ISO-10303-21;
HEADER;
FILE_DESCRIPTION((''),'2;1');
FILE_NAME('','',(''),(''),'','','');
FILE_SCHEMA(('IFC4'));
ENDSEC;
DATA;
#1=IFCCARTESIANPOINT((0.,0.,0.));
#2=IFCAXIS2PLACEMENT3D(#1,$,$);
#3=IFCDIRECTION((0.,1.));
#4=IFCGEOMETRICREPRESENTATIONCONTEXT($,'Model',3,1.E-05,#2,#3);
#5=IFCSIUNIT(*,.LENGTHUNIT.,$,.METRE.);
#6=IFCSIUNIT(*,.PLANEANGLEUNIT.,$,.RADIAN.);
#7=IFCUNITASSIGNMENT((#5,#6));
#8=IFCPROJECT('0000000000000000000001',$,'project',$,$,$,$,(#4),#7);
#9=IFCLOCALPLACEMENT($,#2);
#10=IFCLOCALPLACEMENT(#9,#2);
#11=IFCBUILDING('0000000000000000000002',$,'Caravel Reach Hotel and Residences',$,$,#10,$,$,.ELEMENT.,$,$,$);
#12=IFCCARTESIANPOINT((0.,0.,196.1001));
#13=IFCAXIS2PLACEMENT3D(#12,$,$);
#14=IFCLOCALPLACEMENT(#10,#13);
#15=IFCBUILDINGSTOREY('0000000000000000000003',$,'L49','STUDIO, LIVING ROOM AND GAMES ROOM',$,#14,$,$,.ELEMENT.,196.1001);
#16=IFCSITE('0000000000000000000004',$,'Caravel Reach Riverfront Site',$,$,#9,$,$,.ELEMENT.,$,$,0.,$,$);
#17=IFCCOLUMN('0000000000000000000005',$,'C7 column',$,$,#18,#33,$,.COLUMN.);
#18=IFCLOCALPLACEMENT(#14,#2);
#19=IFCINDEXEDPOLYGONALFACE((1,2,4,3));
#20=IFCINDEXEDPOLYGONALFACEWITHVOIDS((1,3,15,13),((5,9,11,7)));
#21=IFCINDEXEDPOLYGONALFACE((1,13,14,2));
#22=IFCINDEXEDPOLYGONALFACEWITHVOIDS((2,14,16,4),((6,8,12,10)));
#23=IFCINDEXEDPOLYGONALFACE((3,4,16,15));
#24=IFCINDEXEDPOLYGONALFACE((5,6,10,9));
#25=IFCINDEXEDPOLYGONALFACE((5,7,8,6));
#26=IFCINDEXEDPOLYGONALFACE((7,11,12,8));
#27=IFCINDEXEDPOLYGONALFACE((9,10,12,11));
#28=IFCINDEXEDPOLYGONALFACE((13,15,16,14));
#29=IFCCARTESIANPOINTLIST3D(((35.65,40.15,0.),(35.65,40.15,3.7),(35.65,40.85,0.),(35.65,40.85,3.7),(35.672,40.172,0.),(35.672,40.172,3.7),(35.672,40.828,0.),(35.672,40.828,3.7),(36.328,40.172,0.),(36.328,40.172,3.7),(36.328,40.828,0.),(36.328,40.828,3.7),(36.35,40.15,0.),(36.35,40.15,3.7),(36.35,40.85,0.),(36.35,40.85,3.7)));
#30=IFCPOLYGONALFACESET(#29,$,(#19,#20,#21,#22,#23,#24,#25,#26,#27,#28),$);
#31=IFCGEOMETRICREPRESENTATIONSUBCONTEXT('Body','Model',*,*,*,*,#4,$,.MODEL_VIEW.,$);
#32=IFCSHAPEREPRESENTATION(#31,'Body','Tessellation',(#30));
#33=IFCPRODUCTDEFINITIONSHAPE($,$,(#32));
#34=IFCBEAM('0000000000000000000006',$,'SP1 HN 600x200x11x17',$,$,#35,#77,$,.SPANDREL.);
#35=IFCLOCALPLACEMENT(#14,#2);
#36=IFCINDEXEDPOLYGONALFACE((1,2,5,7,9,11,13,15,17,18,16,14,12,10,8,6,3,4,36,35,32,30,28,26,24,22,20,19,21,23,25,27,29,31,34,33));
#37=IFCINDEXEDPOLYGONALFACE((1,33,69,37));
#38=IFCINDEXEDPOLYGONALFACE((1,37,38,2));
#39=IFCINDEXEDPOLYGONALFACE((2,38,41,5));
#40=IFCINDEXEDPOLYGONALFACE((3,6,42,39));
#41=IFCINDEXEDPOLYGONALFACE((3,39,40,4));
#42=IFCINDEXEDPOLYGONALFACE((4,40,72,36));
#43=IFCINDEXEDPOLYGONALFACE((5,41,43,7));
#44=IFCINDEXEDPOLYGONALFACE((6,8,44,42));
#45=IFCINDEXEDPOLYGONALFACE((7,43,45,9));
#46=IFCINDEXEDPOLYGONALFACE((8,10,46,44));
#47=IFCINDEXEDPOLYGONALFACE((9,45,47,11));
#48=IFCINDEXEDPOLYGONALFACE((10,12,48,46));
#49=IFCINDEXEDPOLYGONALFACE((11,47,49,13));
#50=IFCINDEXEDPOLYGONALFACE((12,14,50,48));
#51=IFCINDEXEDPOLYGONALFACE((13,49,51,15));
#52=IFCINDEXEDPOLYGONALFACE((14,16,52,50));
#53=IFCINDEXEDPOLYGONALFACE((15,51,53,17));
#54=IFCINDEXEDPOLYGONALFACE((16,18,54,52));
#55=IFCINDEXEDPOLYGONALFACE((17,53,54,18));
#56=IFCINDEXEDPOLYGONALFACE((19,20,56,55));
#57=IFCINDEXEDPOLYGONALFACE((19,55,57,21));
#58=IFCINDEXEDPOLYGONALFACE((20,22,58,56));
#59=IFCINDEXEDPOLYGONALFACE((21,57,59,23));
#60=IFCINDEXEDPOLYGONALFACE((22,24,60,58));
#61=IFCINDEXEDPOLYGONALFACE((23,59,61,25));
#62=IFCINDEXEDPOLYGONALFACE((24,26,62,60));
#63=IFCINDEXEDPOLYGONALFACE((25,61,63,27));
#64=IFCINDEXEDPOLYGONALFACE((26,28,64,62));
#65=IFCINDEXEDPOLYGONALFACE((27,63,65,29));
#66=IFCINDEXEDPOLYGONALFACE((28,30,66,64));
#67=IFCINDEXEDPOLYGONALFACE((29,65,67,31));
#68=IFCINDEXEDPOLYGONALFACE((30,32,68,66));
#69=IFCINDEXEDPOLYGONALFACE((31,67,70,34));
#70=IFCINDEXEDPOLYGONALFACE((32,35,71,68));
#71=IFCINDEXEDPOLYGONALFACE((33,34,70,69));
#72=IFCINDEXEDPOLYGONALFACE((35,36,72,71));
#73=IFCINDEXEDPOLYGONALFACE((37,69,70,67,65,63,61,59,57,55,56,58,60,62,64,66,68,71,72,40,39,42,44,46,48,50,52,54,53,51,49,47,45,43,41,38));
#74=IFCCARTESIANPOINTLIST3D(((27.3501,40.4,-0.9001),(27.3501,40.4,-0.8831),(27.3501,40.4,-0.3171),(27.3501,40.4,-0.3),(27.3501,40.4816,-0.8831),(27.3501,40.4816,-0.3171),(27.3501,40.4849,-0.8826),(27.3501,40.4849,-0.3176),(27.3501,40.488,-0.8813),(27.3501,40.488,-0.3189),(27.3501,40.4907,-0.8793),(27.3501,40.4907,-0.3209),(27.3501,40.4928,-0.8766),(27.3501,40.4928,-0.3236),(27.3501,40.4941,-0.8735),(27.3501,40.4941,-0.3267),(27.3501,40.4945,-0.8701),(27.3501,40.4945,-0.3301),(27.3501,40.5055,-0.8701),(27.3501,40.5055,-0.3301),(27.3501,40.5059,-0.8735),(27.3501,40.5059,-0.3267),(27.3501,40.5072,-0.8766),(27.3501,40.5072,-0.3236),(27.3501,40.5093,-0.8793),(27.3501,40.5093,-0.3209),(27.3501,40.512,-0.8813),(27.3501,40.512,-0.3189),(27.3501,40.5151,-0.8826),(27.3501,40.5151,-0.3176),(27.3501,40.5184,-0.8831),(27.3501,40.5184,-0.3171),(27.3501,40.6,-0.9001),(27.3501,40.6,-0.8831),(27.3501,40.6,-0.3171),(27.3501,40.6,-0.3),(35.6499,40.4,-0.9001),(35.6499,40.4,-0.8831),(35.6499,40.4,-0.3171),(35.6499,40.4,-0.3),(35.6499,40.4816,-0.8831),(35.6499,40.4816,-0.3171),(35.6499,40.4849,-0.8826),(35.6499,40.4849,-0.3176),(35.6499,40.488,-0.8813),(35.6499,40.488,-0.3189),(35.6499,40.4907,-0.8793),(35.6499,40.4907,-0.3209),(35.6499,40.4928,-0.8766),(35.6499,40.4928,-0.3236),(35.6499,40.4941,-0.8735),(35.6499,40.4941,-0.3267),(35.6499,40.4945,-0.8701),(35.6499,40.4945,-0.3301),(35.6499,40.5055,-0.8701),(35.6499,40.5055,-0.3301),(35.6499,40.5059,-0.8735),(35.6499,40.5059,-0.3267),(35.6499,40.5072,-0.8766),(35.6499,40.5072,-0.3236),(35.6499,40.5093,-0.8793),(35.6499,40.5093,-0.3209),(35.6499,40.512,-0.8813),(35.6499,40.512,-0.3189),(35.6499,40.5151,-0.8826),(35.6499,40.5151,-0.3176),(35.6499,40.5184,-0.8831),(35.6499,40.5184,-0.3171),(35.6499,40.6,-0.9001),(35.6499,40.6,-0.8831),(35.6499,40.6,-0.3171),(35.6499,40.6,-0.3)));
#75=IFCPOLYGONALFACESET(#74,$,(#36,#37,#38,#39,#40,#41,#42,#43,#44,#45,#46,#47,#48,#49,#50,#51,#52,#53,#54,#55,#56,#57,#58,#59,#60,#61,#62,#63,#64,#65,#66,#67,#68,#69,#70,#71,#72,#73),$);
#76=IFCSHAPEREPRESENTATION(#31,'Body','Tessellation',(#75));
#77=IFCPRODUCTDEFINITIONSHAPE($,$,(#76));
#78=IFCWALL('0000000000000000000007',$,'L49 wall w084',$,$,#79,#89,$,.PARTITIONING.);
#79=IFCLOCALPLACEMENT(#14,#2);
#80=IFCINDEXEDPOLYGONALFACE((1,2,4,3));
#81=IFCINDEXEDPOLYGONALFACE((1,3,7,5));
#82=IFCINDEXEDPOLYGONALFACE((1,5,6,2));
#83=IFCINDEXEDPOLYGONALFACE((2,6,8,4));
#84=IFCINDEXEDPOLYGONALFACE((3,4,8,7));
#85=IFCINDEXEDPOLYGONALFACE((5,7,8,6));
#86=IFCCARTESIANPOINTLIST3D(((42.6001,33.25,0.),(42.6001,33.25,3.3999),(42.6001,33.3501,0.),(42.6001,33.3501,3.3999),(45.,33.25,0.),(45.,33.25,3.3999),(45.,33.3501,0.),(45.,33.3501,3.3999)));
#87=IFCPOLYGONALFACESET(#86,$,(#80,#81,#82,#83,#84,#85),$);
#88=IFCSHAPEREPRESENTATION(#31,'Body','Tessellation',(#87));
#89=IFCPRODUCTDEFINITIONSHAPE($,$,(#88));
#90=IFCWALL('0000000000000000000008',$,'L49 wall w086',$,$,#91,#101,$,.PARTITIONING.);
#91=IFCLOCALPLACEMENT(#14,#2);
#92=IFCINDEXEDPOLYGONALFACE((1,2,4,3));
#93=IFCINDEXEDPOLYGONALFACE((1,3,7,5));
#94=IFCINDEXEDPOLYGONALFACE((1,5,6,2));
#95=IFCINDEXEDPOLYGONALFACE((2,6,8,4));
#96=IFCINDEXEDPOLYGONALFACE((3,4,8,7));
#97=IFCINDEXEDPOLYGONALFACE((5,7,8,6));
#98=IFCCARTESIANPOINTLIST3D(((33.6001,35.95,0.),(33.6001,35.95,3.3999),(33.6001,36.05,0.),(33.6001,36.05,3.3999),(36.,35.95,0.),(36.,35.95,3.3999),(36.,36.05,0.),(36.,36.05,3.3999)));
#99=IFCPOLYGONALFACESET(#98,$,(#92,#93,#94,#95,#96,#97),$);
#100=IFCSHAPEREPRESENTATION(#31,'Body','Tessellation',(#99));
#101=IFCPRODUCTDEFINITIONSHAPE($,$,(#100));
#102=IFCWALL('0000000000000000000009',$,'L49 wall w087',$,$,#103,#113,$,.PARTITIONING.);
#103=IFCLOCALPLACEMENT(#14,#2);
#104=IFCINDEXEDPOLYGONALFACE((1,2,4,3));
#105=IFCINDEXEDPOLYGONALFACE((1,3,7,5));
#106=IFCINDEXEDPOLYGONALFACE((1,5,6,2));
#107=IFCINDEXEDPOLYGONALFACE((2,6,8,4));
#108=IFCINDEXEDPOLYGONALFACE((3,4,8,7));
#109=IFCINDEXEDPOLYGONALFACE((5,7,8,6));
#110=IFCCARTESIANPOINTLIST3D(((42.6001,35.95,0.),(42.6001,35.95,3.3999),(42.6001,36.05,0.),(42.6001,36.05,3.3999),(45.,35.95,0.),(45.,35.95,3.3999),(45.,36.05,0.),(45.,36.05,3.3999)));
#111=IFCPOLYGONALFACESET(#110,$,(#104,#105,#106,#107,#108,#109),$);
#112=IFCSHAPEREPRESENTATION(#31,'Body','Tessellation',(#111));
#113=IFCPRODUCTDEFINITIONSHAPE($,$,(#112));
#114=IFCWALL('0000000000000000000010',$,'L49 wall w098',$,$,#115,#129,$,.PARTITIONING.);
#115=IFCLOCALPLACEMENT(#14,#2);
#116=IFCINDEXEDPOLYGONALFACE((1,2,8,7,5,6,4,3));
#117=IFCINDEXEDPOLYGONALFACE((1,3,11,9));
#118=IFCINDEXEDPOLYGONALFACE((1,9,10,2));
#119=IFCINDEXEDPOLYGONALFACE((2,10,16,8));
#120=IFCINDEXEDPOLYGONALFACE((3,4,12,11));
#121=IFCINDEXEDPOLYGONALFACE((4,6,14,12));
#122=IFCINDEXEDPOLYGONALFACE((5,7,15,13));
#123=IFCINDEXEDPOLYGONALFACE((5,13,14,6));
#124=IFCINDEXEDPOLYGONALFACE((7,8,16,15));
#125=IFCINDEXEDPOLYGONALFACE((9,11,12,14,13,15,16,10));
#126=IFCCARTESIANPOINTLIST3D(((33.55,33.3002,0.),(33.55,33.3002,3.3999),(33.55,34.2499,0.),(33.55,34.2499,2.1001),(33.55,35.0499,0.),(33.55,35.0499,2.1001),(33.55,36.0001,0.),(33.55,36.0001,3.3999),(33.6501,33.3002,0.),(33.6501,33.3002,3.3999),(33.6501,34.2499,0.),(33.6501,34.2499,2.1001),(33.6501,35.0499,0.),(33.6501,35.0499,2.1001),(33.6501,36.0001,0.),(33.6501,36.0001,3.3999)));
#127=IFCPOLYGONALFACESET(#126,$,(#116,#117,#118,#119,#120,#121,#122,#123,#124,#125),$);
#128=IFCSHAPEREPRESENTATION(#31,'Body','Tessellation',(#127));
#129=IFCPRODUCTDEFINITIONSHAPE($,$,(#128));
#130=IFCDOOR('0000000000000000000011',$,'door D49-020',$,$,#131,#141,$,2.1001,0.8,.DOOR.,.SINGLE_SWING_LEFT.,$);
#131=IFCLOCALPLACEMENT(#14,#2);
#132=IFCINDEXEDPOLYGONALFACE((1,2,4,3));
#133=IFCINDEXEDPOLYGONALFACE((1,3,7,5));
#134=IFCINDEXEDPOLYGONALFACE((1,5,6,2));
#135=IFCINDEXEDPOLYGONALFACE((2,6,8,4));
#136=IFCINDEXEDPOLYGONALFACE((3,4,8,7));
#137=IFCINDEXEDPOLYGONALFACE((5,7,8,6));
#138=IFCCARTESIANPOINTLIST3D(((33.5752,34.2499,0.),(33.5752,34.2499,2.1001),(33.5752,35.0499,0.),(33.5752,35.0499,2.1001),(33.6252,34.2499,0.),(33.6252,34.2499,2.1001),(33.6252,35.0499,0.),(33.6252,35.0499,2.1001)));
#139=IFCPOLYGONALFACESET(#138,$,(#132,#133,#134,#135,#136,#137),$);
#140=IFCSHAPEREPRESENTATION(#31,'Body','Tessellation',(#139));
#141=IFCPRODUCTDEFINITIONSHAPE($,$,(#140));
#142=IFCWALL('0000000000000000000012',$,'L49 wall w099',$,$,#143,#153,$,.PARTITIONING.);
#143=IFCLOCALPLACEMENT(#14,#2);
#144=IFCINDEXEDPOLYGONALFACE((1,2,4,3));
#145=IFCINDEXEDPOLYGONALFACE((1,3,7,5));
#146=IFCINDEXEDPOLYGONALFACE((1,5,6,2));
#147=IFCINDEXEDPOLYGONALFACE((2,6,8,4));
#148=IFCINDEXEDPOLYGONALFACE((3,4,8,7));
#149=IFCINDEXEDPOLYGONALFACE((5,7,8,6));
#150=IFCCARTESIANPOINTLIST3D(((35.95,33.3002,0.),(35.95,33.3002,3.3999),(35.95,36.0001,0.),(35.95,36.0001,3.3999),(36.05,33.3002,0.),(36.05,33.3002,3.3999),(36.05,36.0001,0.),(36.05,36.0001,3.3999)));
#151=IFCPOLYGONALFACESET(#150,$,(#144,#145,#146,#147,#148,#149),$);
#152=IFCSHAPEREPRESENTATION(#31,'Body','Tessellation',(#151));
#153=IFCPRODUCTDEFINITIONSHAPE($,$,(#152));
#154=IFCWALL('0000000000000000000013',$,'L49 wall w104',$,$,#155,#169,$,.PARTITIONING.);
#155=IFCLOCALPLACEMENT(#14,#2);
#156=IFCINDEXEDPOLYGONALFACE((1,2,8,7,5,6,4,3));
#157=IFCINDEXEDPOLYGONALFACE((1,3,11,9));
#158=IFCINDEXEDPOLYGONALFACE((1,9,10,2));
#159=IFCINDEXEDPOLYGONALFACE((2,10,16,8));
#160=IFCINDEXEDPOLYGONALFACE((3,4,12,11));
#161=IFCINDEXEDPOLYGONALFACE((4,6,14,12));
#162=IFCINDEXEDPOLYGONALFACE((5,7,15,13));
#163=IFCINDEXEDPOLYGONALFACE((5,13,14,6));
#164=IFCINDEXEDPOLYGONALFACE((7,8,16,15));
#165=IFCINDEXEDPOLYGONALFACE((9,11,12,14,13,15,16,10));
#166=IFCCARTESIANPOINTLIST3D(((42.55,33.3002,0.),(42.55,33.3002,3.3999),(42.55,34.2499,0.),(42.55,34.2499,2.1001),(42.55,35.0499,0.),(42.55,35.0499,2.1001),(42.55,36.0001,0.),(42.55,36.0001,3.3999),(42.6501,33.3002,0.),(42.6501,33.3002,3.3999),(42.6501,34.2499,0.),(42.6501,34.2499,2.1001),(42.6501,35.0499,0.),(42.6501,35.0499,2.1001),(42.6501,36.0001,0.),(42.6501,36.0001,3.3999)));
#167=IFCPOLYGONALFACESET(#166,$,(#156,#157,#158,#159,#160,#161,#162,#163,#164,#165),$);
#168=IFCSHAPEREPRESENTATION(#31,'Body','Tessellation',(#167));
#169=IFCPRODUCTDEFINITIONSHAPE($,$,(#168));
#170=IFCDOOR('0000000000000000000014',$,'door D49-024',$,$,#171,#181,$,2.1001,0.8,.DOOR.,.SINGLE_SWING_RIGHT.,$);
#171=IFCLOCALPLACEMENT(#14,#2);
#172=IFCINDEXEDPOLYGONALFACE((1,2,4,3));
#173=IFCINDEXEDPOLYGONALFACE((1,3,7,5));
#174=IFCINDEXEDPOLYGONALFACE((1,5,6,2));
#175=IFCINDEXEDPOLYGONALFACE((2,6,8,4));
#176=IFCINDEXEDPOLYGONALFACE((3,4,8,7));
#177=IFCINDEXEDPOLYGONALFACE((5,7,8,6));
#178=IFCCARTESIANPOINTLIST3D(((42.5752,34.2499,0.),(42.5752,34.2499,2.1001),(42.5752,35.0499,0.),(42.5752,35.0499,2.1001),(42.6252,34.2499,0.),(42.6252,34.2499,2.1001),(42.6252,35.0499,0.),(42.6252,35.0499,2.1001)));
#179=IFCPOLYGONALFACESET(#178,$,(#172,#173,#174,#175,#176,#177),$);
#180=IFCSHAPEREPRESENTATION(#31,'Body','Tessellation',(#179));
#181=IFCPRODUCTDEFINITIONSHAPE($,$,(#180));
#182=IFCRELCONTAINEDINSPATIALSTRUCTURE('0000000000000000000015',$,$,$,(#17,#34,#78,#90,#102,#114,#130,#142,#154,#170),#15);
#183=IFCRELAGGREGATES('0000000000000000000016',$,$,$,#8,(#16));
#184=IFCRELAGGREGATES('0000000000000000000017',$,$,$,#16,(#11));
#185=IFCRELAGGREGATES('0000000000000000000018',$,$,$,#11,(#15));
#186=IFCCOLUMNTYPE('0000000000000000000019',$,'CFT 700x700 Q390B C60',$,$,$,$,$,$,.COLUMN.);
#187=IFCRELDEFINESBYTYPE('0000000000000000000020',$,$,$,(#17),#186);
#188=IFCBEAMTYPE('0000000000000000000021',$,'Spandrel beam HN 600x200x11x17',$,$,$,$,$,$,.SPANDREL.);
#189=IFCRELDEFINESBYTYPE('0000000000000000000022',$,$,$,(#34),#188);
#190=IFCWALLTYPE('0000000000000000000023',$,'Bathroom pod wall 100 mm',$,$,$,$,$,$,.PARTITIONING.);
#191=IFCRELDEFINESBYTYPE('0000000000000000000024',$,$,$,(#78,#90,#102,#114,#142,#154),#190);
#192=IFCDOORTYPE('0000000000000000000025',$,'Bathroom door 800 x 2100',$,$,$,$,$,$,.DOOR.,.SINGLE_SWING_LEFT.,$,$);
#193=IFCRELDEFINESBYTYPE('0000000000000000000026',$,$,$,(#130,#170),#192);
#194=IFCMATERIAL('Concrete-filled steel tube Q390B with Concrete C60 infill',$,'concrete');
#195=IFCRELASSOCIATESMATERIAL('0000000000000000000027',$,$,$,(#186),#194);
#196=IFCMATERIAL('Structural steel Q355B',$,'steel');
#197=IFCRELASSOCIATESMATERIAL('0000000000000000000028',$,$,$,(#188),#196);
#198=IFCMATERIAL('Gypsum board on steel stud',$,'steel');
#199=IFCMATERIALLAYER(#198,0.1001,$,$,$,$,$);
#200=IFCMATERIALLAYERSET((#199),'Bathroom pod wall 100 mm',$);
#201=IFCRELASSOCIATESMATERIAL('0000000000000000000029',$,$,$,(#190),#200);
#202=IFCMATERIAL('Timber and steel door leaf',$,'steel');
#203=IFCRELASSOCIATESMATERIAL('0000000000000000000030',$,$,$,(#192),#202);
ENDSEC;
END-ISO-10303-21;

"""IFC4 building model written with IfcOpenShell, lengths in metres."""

from ifc_helpers import new_model, si_unit, direction, frame, frame_2d, origin, origin_2d, place, context, subcontext, project, spatial, rectangle, hollow_rectangle, i_section, extrude, material, layer, layer_set, material_profile, profile_set, type_object, element, fill, save


model = new_model("IFC4")

# Units and contexts
model_context = context("Model", 3, precision=1e-05, world=origin(), true_north=direction((0.0, 1.0)))
body_context = subcontext(model_context, "Body", "Model", "MODEL_VIEW")
ifc_project = project(units=[si_unit("LENGTHUNIT", "METRE"), si_unit("PLANEANGLEUNIT", "RADIAN")], contexts=[model_context])

# Site, building, storey
site_placement = place(None, origin())
site = spatial("IfcSite", under=ifc_project, at=site_placement, Name="Caravel Reach Riverfront Site", CompositionType="ELEMENT", RefElevation=0.0)
building_placement = place(site_placement, origin())
building = spatial("IfcBuilding", under=site, at=building_placement, Name="Caravel Reach Hotel and Residences", CompositionType="ELEMENT")
storey_placement = place(building_placement, frame((0.0, 0.0, 196.1001)))
storey = spatial("IfcBuildingStorey", under=building, at=storey_placement, Name="L49", Description="STUDIO, LIVING ROOM AND GAMES ROOM", CompositionType="ELEMENT", Elevation=196.1001)

# Column
ifc_material_1 = material(Name="Concrete-filled steel tube Q390B with Concrete C60 infill", Category="concrete")
ifc_material_profile_1 = material_profile(ifc_material_1, hollow_rectangle(XDim=0.7, YDim=0.7, WallThickness=0.022, at=origin_2d()), Name="RHS 700x700x22")
ifc_profile_set_1 = profile_set([ifc_material_profile_1], Name="Concrete-filled steel tube Q390B with Concrete C60 infill")
column_type = type_object("IfcColumnType", Name="CFT 700x700 Q390B C60", PredefinedType="COLUMN", material=ifc_profile_set_1)
column_placement = place(storey_placement, frame((36.0, 40.5, 0.0), z_axis=(0.0, 0.0, 1.0), x_axis=(1.0, 0.0, 0.0)))
element("IfcColumn", 1, at=column_placement, inside=storey, type_object=column_type, Name="C7 column", PredefinedType="COLUMN", context=body_context, shape_type="SweptSolid", body=[
    extrude(hollow_rectangle(XDim=0.7, YDim=0.7, WallThickness=0.022, at=origin_2d()), origin(), (0.0, 0.0, 1.0), 3.7),
])

# Beam
ifc_material_2 = material(Name="Structural steel Q355B", Category="steel")
ifc_material_profile_2 = material_profile(ifc_material_2, i_section(OverallWidth=0.2, OverallDepth=0.6001, WebThickness=0.011, FlangeThickness=0.0171, FilletRadius=0.0129, at=origin_2d()), Name="HN 600x200x11x17")
ifc_profile_set_2 = profile_set([ifc_material_profile_2], Name="Structural steel Q355B")
beam_type = type_object("IfcBeamType", Name="Spandrel beam HN 600x200x11x17", PredefinedType="SPANDREL", material=ifc_profile_set_2)
beam_placement = place(storey_placement, frame((35.6499, 40.5, -0.6001), z_axis=(-1.0, 0.0, 0.0), x_axis=(0.0, -1.0, 0.0)))
element("IfcBeam", 2, at=beam_placement, inside=storey, type_object=beam_type, Name="SP1 HN 600x200x11x17", PredefinedType="SPANDREL", context=body_context, shape_type="SweptSolid", body=[
    extrude(i_section(OverallWidth=0.2, OverallDepth=0.6001, WebThickness=0.011, FlangeThickness=0.0171, FilletRadius=0.0129, at=origin_2d()), origin(), (0.0, 0.0, 1.0), 8.2998),
])

# Walls
ifc_material_3 = material(Name="Gypsum board on steel stud", Category="steel")
ifc_layer_1 = layer(ifc_material_3, 0.1001)
ifc_layer_set_1 = layer_set([ifc_layer_1], Name="Bathroom pod wall 100 mm")
wall_type_1 = type_object("IfcWallType", Name="Bathroom pod wall 100 mm", PredefinedType="PARTITIONING", material=ifc_layer_set_1)
for number, where, z_axis, x_axis, name in (
    (3, (42.6001, 33.3, 0.0), (0.0, 0.0, 1.0), (1.0, 0.0, 0.0), "L49 wall w084"),
    (4, (33.6001, 36.0, 0.0), (0.0, 0.0, 1.0), (1.0, 0.0, 0.0), "L49 wall w086"),
    (5, (42.6001, 36.0, 0.0), (0.0, 0.0, 1.0), (1.0, 0.0, 0.0), "L49 wall w087"),
):
    element("IfcWall", number, at=place(storey_placement, frame(where, z_axis=z_axis, x_axis=x_axis)), inside=storey, type_object=wall_type_1, Name=name, PredefinedType="PARTITIONING", context=body_context, shape_type="SweptSolid", body=[
        extrude(rectangle(XDim=2.3999, YDim=0.1001, at=frame_2d((1.2, 0.0))), origin(), (0.0, 0.0, 1.0), 3.3999),
    ])

# Wall, opening, door
wall_1_placement = place(storey_placement, frame((33.6001, 33.3, 0.0), z_axis=(0.0, 0.0, 1.0), x_axis=(0.0, 1.0, 0.0)))
wall_1 = element("IfcWall", 6, at=wall_1_placement, inside=storey, type_object=wall_type_1, Name="L49 wall w098", PredefinedType="PARTITIONING", context=body_context, shape_type="SweptSolid", body=[
    extrude(rectangle(XDim=2.7, YDim=0.1001, at=frame_2d((1.3501, 0.0))), origin(), (0.0, 0.0, 1.0), 3.3999),
])
opening_1_placement = place(wall_1_placement, frame((0.95, 0.0, 0.0)))
opening_1 = element("IfcOpeningElement", 7, at=opening_1_placement, cuts=wall_1, PredefinedType="OPENING", context=body_context, shape_type="SweptSolid", body=[
    extrude(rectangle(XDim=0.8, YDim=2.1001, at=frame_2d((0.3999, 1.05))), frame((0.0, 0.0601, 0.0), z_axis=(0.0, -1.0, 0.0), x_axis=(1.0, 0.0, 0.0)), (0.0, 0.0, 1.0), 0.1201),
])
ifc_material_4 = material(Name="Timber and steel door leaf", Category="steel")
door_type_1 = type_object("IfcDoorType", Name="Bathroom door 800 x 2100", OperationType="SINGLE_SWING_LEFT", PredefinedType="DOOR", material=ifc_material_4)
door_1_placement = place(opening_1_placement, origin())
door_1 = element("IfcDoor", 8, at=door_1_placement, inside=storey, type_object=door_type_1, Name="door D49-020", OperationType="SINGLE_SWING_LEFT", OverallHeight=2.1001, OverallWidth=0.8, PredefinedType="DOOR", context=body_context, shape_type="SweptSolid", body=[
    extrude(rectangle(XDim=0.8, YDim=2.1001, at=frame_2d((0.3999, 1.05))), frame((0.0, 0.0249, 0.0), z_axis=(0.0, -1.0, 0.0), x_axis=(1.0, 0.0, 0.0)), (0.0, 0.0, 1.0), 0.05),
])
fill(opening_1, door_1)

# Wall
wall_2_placement = place(storey_placement, frame((36.0, 33.3, 0.0), z_axis=(0.0, 0.0, 1.0), x_axis=(0.0, 1.0, 0.0)))
element("IfcWall", 9, at=wall_2_placement, inside=storey, type_object=wall_type_1, Name="L49 wall w099", PredefinedType="PARTITIONING", context=body_context, shape_type="SweptSolid", body=[
    extrude(rectangle(XDim=2.7, YDim=0.1001, at=frame_2d((1.3501, 0.0))), origin(), (0.0, 0.0, 1.0), 3.3999),
])

# Wall, opening, door
wall_3_placement = place(storey_placement, frame((42.6001, 33.3, 0.0), z_axis=(0.0, 0.0, 1.0), x_axis=(0.0, 1.0, 0.0)))
wall_3 = element("IfcWall", 10, at=wall_3_placement, inside=storey, type_object=wall_type_1, Name="L49 wall w104", PredefinedType="PARTITIONING", context=body_context, shape_type="SweptSolid", body=[
    extrude(rectangle(XDim=2.7, YDim=0.1001, at=frame_2d((1.3501, 0.0))), origin(), (0.0, 0.0, 1.0), 3.3999),
])
opening_2_placement = place(wall_3_placement, frame((0.95, 0.0, 0.0)))
opening_2 = element("IfcOpeningElement", 11, at=opening_2_placement, cuts=wall_3, PredefinedType="OPENING", context=body_context, shape_type="SweptSolid", body=[
    extrude(rectangle(XDim=0.8, YDim=2.1001, at=frame_2d((0.3999, 1.05))), frame((0.0, 0.0601, 0.0), z_axis=(0.0, -1.0, 0.0), x_axis=(1.0, 0.0, 0.0)), (0.0, 0.0, 1.0), 0.1201),
])
door_2_placement = place(opening_2_placement, origin())
door_2 = element("IfcDoor", 12, at=door_2_placement, inside=storey, type_object=door_type_1, Name="door D49-024", OperationType="SINGLE_SWING_RIGHT", OverallHeight=2.1001, OverallWidth=0.8, PredefinedType="DOOR", context=body_context, shape_type="SweptSolid", body=[
    extrude(rectangle(XDim=0.8, YDim=2.1001, at=frame_2d((0.3999, 1.05))), frame((0.0, 0.0249, 0.0), z_axis=(0.0, -1.0, 0.0), x_axis=(1.0, 0.0, 0.0)), (0.0, 0.0, 1.0), 0.05),
])
fill(opening_2, door_2)

save(model, "model.ifc")
